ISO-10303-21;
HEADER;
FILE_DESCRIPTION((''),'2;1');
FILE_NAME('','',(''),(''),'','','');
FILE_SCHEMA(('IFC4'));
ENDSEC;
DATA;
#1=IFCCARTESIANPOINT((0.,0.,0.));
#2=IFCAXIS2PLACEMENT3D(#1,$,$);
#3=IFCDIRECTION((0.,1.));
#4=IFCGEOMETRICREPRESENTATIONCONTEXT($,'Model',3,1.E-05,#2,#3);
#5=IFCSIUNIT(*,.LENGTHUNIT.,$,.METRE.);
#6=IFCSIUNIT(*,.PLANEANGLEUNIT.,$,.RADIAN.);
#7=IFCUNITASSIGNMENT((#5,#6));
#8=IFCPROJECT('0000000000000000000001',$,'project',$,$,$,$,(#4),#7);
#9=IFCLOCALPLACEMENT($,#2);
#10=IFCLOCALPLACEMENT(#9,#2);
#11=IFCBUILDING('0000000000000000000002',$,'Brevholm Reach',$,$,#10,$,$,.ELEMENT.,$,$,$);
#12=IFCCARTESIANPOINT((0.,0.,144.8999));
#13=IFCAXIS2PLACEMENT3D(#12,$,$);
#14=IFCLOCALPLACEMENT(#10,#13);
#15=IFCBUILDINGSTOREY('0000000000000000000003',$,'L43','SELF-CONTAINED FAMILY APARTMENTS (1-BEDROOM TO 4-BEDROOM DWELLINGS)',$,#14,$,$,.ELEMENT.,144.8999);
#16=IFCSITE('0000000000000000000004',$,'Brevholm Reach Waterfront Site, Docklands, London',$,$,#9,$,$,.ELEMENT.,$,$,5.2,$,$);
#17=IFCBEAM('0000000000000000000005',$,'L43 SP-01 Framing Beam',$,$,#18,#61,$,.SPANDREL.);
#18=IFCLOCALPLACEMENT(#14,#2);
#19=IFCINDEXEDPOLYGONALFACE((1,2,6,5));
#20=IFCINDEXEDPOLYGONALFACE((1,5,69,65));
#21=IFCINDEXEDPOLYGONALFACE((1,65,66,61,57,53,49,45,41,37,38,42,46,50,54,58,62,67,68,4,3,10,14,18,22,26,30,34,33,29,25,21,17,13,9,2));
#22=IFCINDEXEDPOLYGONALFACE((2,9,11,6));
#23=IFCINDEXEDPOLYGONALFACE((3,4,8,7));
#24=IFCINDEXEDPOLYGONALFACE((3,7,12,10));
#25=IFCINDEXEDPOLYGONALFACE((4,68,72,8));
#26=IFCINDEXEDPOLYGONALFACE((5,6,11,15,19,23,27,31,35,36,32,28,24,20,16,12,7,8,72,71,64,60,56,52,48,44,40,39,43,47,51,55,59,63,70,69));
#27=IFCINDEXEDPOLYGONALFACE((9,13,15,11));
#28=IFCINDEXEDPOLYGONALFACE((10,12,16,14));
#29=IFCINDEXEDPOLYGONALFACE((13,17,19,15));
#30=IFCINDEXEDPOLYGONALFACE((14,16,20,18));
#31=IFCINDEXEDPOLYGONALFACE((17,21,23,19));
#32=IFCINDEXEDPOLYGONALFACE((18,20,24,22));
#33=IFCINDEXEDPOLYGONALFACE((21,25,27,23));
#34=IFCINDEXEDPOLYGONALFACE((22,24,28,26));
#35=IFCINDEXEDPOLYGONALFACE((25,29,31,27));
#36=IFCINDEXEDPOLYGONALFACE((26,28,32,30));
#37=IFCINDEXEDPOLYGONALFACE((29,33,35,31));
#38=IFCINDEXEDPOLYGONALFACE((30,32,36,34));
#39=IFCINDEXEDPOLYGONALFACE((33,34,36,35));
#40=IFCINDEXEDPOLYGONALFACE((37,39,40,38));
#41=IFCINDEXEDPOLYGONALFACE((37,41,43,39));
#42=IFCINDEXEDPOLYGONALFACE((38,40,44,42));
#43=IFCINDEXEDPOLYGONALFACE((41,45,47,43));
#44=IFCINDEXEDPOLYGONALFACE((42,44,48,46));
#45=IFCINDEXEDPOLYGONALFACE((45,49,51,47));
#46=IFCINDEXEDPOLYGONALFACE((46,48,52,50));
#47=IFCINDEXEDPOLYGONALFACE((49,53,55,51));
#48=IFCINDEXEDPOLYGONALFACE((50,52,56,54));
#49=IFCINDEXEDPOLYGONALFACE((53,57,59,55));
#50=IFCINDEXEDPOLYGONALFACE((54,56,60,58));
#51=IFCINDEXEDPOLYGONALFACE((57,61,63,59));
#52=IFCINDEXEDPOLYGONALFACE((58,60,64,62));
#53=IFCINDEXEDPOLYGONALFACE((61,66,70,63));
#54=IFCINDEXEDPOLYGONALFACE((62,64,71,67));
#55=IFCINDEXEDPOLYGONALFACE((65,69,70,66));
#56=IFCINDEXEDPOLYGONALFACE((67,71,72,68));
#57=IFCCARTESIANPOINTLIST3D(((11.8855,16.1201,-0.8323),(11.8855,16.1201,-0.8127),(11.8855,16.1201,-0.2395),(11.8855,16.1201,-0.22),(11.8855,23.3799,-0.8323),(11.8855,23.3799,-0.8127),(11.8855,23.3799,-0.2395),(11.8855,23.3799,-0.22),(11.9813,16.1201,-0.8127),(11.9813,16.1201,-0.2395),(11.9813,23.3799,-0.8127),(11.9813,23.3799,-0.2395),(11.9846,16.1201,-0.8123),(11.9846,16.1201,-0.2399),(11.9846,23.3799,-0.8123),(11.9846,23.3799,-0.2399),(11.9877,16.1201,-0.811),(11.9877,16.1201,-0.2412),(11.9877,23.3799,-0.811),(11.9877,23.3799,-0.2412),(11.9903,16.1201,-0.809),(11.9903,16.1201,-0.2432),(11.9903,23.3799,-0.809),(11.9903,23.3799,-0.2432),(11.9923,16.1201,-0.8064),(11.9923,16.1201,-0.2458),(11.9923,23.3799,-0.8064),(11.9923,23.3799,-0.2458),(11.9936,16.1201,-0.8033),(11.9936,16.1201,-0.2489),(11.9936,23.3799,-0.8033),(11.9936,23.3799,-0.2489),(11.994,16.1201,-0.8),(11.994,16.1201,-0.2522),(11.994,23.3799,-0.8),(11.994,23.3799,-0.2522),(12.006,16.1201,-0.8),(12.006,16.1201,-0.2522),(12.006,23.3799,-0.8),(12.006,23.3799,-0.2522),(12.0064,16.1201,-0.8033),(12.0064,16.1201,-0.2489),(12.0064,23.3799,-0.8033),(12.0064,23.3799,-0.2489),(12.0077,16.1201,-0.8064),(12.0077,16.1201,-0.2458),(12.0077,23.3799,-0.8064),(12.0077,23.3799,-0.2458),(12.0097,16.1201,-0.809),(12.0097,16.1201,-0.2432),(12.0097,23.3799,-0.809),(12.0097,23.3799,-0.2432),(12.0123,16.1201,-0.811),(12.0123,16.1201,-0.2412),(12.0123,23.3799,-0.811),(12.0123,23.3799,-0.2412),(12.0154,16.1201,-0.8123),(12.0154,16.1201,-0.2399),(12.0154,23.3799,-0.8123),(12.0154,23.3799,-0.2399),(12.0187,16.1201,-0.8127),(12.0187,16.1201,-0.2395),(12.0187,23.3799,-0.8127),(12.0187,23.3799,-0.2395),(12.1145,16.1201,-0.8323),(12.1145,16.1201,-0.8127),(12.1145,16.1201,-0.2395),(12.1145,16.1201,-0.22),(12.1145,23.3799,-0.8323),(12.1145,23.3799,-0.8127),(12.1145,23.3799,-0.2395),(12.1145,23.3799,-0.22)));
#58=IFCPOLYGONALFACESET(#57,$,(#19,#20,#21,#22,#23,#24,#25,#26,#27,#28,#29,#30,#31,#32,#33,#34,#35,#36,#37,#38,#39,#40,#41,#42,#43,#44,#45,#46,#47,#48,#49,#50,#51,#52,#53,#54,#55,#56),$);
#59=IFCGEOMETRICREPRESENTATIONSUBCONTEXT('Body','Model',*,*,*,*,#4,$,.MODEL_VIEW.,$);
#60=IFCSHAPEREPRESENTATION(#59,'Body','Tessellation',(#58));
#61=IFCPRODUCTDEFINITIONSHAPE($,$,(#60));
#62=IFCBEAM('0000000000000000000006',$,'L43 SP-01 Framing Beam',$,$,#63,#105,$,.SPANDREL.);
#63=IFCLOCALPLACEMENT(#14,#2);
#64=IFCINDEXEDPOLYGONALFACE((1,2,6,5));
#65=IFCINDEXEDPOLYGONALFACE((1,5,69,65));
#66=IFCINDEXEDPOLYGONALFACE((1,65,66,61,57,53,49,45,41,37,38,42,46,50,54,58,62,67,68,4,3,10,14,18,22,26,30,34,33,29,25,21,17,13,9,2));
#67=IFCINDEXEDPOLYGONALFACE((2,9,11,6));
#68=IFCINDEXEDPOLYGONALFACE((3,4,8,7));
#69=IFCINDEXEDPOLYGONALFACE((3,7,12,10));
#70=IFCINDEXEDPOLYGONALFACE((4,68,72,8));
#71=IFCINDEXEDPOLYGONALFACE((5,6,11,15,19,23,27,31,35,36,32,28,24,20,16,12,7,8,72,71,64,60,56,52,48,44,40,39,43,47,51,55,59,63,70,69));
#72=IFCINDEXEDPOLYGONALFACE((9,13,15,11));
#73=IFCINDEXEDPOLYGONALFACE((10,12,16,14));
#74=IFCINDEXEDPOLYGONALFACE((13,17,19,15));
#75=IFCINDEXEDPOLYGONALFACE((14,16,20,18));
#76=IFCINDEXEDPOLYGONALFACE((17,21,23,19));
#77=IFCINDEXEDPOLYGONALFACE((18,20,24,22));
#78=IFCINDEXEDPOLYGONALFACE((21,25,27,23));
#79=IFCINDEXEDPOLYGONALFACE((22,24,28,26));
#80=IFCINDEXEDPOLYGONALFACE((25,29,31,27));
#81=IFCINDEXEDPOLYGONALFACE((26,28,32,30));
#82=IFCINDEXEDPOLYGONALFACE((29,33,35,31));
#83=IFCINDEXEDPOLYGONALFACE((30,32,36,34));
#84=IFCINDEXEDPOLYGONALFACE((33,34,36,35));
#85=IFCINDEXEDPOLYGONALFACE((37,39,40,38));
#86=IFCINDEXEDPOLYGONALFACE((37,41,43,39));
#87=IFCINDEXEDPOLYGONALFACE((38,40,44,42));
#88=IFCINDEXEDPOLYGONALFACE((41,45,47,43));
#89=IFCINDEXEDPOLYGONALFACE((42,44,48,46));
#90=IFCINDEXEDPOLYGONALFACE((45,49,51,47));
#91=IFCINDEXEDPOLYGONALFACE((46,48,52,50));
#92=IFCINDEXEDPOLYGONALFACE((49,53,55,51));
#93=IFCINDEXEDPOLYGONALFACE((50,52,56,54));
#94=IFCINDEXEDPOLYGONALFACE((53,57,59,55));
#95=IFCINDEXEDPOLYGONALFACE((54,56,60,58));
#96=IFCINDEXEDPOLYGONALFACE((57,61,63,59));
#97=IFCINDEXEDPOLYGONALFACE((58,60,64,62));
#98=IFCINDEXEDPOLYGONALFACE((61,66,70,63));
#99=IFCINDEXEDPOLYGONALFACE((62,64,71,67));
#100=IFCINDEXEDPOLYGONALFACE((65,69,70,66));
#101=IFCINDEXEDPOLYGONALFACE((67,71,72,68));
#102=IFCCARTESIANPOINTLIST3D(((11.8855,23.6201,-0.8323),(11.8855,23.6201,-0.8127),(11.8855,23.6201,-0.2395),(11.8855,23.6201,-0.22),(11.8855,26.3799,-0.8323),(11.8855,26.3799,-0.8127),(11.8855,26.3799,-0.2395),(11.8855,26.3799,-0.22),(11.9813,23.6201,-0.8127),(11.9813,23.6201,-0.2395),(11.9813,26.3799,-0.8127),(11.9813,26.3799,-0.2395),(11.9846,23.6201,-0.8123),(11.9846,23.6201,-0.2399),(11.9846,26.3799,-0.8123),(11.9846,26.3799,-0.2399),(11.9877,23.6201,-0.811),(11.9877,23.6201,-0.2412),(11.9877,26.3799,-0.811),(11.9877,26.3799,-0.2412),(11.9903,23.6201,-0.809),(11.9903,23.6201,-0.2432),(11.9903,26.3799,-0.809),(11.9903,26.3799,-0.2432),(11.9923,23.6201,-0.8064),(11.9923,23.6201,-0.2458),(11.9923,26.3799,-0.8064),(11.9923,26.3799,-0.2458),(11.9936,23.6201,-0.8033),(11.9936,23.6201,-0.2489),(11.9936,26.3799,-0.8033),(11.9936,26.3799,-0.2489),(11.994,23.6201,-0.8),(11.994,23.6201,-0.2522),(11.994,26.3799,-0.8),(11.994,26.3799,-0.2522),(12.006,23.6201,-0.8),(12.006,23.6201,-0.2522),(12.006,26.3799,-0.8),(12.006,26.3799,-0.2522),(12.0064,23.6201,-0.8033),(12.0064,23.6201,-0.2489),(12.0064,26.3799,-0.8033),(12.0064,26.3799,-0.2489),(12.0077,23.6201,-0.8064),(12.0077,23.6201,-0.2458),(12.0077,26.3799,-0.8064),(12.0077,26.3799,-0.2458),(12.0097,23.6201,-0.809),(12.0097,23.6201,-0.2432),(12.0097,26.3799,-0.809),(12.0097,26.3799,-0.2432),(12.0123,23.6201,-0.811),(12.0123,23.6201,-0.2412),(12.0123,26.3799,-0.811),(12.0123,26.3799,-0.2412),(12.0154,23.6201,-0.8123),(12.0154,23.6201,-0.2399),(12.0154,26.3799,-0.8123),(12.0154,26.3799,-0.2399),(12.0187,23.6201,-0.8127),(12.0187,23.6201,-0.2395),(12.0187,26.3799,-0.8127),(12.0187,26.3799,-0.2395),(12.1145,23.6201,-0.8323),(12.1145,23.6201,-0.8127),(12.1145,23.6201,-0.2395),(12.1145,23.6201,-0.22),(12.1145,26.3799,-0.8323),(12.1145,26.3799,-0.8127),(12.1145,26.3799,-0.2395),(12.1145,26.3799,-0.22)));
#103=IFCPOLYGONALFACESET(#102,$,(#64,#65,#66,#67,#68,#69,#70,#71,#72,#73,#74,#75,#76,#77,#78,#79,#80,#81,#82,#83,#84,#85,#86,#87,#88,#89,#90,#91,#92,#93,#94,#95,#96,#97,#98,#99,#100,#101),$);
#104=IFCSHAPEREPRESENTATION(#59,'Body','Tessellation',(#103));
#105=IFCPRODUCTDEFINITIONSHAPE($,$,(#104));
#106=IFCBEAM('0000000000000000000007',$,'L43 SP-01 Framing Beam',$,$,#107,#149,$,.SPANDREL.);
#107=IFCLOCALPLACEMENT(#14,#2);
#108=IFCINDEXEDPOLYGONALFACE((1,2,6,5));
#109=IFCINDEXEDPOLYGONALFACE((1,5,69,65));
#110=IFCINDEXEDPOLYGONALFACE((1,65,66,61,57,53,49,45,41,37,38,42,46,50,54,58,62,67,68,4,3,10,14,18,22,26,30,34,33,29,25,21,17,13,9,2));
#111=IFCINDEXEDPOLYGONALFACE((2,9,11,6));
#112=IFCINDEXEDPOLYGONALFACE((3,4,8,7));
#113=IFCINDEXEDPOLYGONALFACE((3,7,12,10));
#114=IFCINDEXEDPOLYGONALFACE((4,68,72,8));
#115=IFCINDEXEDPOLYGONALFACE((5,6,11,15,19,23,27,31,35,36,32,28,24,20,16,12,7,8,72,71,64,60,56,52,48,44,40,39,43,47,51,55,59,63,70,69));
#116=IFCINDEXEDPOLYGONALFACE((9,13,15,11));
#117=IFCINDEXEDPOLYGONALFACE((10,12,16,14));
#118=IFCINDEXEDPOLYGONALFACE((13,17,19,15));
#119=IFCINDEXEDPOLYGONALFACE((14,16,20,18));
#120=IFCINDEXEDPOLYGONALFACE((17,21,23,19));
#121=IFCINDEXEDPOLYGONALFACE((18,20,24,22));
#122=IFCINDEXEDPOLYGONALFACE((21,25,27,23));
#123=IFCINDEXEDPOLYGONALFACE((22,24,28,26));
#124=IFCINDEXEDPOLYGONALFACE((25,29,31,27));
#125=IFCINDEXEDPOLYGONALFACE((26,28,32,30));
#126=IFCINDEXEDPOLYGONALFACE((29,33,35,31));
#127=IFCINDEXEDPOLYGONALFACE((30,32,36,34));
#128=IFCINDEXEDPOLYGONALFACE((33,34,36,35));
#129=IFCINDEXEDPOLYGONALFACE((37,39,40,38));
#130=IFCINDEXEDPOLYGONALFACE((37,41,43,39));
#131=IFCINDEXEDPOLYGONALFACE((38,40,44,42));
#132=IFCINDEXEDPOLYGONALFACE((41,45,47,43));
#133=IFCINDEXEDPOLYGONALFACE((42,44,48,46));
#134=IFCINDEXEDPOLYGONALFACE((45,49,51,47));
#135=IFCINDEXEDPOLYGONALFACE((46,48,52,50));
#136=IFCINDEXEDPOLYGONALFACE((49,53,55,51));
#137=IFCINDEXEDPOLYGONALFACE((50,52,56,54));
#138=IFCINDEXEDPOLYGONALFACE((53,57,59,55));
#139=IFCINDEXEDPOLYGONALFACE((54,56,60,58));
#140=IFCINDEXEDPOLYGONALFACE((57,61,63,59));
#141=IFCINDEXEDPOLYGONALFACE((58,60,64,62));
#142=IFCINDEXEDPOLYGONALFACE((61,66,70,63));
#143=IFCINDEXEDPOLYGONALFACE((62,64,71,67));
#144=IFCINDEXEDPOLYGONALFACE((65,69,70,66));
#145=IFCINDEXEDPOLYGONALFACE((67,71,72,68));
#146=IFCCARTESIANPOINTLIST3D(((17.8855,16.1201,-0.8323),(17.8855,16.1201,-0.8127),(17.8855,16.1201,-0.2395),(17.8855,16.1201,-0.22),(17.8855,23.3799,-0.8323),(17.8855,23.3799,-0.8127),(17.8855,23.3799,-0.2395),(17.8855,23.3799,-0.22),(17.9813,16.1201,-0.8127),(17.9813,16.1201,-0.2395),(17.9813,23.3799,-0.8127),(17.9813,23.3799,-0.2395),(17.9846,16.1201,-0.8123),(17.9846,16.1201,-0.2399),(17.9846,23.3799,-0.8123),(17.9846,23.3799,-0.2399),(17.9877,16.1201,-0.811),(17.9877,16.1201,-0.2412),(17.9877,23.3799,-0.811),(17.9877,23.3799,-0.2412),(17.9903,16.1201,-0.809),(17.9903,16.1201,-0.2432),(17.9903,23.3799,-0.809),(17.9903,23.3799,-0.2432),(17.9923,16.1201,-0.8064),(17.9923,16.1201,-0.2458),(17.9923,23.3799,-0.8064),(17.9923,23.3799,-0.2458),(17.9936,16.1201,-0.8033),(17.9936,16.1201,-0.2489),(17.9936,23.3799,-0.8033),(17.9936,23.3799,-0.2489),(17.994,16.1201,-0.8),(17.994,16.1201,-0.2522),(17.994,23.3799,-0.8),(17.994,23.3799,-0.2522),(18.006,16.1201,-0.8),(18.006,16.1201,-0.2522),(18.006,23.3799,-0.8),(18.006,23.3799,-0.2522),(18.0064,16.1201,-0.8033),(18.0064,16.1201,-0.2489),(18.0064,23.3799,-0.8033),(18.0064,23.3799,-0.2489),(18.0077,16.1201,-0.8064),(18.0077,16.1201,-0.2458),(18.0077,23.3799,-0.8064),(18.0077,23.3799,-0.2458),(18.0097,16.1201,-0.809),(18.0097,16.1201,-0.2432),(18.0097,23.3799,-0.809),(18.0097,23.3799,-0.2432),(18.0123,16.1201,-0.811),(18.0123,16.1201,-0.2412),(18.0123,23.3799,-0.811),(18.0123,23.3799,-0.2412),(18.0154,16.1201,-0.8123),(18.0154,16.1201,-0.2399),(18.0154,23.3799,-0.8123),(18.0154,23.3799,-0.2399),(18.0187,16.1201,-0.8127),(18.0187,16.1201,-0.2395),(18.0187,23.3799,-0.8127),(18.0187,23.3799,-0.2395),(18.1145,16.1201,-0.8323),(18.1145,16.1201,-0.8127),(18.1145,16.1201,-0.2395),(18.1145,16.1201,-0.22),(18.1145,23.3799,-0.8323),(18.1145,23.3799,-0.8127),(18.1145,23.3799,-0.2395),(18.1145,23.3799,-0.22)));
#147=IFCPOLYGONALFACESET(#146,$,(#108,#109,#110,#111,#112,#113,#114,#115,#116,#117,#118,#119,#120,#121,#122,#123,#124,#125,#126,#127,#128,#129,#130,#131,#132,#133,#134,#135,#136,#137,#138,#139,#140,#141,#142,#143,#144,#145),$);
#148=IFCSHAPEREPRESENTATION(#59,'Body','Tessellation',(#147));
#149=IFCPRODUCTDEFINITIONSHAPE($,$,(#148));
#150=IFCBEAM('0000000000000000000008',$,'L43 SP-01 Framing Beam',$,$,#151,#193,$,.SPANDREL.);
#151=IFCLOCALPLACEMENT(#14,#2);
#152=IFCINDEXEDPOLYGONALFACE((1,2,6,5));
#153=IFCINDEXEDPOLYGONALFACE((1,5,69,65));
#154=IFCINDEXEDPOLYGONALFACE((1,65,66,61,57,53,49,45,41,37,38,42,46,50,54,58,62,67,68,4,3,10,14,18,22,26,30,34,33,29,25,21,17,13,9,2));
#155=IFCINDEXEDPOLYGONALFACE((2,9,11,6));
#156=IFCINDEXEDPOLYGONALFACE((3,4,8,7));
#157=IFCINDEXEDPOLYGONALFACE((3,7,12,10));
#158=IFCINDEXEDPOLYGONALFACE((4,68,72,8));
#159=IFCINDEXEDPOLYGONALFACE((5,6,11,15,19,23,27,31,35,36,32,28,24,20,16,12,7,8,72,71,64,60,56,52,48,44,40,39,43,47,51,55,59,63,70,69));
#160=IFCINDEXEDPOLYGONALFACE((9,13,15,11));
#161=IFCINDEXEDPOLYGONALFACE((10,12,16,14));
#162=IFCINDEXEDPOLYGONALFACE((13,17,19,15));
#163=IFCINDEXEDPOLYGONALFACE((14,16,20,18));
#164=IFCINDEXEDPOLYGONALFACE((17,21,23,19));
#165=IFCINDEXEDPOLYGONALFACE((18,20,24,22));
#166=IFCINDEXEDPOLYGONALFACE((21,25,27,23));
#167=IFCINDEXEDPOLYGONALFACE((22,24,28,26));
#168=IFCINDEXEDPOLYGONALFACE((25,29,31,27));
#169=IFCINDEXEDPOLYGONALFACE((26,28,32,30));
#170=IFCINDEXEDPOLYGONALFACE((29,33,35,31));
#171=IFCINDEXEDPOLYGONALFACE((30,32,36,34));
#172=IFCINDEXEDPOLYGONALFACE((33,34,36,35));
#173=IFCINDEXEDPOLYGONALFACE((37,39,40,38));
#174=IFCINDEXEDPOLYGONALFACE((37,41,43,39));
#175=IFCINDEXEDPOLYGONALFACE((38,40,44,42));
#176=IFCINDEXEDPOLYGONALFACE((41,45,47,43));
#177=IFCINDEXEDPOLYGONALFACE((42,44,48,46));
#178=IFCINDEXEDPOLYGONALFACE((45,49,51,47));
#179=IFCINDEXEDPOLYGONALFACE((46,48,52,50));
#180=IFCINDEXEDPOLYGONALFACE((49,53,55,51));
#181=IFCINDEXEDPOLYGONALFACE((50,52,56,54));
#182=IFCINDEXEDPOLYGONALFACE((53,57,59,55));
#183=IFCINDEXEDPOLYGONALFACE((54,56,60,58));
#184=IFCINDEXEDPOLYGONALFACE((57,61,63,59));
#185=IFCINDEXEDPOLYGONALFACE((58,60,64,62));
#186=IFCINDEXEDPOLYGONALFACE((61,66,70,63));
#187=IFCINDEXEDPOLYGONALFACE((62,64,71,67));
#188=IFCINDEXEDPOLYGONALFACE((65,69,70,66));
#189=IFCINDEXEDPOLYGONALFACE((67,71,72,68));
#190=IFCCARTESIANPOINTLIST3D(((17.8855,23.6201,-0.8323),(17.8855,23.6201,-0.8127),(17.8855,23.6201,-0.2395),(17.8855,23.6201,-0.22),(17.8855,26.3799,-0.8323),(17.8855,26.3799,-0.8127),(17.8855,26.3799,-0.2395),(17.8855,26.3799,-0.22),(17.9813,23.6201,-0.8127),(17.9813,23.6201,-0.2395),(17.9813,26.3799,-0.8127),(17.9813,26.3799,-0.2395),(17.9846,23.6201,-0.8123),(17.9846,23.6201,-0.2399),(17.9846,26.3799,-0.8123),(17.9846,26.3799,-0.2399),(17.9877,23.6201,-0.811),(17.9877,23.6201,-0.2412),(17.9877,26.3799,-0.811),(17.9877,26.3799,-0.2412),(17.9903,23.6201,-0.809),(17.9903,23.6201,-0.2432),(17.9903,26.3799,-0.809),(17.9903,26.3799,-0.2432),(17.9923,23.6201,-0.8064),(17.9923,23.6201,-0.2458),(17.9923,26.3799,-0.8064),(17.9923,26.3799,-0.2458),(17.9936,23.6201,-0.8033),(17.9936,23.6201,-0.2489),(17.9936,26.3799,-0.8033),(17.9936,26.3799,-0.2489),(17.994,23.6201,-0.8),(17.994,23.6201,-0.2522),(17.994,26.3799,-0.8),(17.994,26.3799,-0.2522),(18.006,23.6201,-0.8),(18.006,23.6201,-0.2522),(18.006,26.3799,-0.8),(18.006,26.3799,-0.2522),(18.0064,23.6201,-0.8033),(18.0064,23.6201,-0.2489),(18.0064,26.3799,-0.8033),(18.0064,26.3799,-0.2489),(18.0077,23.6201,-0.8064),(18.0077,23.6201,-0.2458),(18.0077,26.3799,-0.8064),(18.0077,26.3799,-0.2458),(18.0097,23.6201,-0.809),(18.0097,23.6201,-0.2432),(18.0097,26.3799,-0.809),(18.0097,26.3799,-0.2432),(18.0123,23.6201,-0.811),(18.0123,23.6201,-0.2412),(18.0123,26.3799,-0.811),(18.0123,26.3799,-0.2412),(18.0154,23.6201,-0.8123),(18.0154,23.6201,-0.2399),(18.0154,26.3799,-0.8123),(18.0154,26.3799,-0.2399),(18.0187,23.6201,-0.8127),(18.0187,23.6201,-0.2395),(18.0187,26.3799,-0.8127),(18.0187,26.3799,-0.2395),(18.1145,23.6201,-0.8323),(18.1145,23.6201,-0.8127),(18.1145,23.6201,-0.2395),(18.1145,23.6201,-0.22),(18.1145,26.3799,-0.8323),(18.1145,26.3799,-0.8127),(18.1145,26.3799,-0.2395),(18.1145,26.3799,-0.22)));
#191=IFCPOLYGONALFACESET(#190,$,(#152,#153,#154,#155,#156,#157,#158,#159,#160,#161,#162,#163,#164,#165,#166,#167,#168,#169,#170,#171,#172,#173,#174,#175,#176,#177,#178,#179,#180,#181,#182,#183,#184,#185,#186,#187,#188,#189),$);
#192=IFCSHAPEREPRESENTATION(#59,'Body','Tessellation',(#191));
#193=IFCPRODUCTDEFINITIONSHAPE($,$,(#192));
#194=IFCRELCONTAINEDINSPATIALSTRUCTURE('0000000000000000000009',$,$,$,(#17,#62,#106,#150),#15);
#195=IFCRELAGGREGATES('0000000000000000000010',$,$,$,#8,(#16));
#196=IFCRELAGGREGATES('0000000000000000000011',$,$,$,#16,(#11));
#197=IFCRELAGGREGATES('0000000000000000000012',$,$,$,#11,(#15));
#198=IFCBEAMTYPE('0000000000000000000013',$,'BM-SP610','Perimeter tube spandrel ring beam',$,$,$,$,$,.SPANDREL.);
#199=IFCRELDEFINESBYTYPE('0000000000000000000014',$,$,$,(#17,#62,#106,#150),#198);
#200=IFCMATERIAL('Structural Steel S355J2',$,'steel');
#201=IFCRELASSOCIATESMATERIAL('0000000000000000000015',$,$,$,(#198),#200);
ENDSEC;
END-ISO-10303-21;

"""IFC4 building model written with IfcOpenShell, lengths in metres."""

from ifc_helpers import new_model, si_unit, direction, frame, origin, origin_2d, place, context, subcontext, project, spatial, i_section, extrude, material, material_profile, profile_set, type_object, element, save


model = new_model("IFC4")

# Units and contexts
model_context = context("Model", 3, precision=1e-05, world=origin(), true_north=direction((0.0, 1.0)))
body_context = subcontext(model_context, "Body", "Model", "MODEL_VIEW")
ifc_project = project(units=[si_unit("LENGTHUNIT", "METRE"), si_unit("PLANEANGLEUNIT", "RADIAN")], contexts=[model_context])

# Site, building, storey
site_placement = place(None, origin())
site = spatial("IfcSite", under=ifc_project, at=site_placement, Name="Brevholm Reach Waterfront Site, Docklands, London", CompositionType="ELEMENT", RefElevation=5.2)
building_placement = place(site_placement, origin())
building = spatial("IfcBuilding", under=site, at=building_placement, Name="Brevholm Reach", CompositionType="ELEMENT")
storey_placement = place(building_placement, frame((0.0, 0.0, 144.8999)))
storey = spatial("IfcBuildingStorey", under=building, at=storey_placement, Name="L43", Description="SELF-CONTAINED FAMILY APARTMENTS (1-BEDROOM TO 4-BEDROOM DWELLINGS)", CompositionType="ELEMENT", Elevation=144.8999)

# Beams
ifc_material_1 = material(Name="Structural Steel S355J2", Category="steel")
ifc_material_profile_1 = material_profile(ifc_material_1, i_section(OverallWidth=0.229, OverallDepth=0.6123, WebThickness=0.012, FlangeThickness=0.0195, FilletRadius=0.0127, at=origin_2d()), Name="UKB 610x229x125")
ifc_profile_set_1 = profile_set([ifc_material_profile_1], Name="Structural Steel S355J2")
beam_type_1 = type_object("IfcBeamType", Name="BM-SP610", Description="Perimeter tube spandrel ring beam", PredefinedType="SPANDREL", material=ifc_profile_set_1)
beam_1_placement = place(storey_placement, frame((12.0, 16.1201, -0.5261), z_axis=(0.0, 1.0, 0.0), x_axis=(-1.0, 0.0, 0.0)))
element("IfcBeam", 1, at=beam_1_placement, inside=storey, type_object=beam_type_1, Name="L43 SP-01 Framing Beam", PredefinedType="SPANDREL", context=body_context, shape_type="SweptSolid", body=[
    extrude(i_section(OverallWidth=0.229, OverallDepth=0.6123, WebThickness=0.012, FlangeThickness=0.0195, FilletRadius=0.0127, at=origin_2d()), origin(), (0.0, 0.0, 1.0), 7.2598),
])
beam_2_placement = place(storey_placement, frame((12.0, 23.6201, -0.5261), z_axis=(0.0, 1.0, 0.0), x_axis=(-1.0, 0.0, 0.0)))
element("IfcBeam", 2, at=beam_2_placement, inside=storey, type_object=beam_type_1, Name="L43 SP-01 Framing Beam", PredefinedType="SPANDREL", context=body_context, shape_type="SweptSolid", body=[
    extrude(i_section(OverallWidth=0.229, OverallDepth=0.6123, WebThickness=0.012, FlangeThickness=0.0195, FilletRadius=0.0127, at=origin_2d()), origin(), (0.0, 0.0, 1.0), 2.7598),
])
beam_3_placement = place(storey_placement, frame((18.0, 16.1201, -0.5261), z_axis=(0.0, 1.0, 0.0), x_axis=(-1.0, 0.0, 0.0)))
element("IfcBeam", 3, at=beam_3_placement, inside=storey, type_object=beam_type_1, Name="L43 SP-01 Framing Beam", PredefinedType="SPANDREL", context=body_context, shape_type="SweptSolid", body=[
    extrude(i_section(OverallWidth=0.229, OverallDepth=0.6123, WebThickness=0.012, FlangeThickness=0.0195, FilletRadius=0.0127, at=origin_2d()), origin(), (0.0, 0.0, 1.0), 7.2598),
])
beam_4_placement = place(storey_placement, frame((18.0, 23.6201, -0.5261), z_axis=(0.0, 1.0, 0.0), x_axis=(-1.0, 0.0, 0.0)))
element("IfcBeam", 4, at=beam_4_placement, inside=storey, type_object=beam_type_1, Name="L43 SP-01 Framing Beam", PredefinedType="SPANDREL", context=body_context, shape_type="SweptSolid", body=[
    extrude(i_section(OverallWidth=0.229, OverallDepth=0.6123, WebThickness=0.012, FlangeThickness=0.0195, FilletRadius=0.0127, at=origin_2d()), origin(), (0.0, 0.0, 1.0), 2.7598),
])

save(model, "model.ifc")
